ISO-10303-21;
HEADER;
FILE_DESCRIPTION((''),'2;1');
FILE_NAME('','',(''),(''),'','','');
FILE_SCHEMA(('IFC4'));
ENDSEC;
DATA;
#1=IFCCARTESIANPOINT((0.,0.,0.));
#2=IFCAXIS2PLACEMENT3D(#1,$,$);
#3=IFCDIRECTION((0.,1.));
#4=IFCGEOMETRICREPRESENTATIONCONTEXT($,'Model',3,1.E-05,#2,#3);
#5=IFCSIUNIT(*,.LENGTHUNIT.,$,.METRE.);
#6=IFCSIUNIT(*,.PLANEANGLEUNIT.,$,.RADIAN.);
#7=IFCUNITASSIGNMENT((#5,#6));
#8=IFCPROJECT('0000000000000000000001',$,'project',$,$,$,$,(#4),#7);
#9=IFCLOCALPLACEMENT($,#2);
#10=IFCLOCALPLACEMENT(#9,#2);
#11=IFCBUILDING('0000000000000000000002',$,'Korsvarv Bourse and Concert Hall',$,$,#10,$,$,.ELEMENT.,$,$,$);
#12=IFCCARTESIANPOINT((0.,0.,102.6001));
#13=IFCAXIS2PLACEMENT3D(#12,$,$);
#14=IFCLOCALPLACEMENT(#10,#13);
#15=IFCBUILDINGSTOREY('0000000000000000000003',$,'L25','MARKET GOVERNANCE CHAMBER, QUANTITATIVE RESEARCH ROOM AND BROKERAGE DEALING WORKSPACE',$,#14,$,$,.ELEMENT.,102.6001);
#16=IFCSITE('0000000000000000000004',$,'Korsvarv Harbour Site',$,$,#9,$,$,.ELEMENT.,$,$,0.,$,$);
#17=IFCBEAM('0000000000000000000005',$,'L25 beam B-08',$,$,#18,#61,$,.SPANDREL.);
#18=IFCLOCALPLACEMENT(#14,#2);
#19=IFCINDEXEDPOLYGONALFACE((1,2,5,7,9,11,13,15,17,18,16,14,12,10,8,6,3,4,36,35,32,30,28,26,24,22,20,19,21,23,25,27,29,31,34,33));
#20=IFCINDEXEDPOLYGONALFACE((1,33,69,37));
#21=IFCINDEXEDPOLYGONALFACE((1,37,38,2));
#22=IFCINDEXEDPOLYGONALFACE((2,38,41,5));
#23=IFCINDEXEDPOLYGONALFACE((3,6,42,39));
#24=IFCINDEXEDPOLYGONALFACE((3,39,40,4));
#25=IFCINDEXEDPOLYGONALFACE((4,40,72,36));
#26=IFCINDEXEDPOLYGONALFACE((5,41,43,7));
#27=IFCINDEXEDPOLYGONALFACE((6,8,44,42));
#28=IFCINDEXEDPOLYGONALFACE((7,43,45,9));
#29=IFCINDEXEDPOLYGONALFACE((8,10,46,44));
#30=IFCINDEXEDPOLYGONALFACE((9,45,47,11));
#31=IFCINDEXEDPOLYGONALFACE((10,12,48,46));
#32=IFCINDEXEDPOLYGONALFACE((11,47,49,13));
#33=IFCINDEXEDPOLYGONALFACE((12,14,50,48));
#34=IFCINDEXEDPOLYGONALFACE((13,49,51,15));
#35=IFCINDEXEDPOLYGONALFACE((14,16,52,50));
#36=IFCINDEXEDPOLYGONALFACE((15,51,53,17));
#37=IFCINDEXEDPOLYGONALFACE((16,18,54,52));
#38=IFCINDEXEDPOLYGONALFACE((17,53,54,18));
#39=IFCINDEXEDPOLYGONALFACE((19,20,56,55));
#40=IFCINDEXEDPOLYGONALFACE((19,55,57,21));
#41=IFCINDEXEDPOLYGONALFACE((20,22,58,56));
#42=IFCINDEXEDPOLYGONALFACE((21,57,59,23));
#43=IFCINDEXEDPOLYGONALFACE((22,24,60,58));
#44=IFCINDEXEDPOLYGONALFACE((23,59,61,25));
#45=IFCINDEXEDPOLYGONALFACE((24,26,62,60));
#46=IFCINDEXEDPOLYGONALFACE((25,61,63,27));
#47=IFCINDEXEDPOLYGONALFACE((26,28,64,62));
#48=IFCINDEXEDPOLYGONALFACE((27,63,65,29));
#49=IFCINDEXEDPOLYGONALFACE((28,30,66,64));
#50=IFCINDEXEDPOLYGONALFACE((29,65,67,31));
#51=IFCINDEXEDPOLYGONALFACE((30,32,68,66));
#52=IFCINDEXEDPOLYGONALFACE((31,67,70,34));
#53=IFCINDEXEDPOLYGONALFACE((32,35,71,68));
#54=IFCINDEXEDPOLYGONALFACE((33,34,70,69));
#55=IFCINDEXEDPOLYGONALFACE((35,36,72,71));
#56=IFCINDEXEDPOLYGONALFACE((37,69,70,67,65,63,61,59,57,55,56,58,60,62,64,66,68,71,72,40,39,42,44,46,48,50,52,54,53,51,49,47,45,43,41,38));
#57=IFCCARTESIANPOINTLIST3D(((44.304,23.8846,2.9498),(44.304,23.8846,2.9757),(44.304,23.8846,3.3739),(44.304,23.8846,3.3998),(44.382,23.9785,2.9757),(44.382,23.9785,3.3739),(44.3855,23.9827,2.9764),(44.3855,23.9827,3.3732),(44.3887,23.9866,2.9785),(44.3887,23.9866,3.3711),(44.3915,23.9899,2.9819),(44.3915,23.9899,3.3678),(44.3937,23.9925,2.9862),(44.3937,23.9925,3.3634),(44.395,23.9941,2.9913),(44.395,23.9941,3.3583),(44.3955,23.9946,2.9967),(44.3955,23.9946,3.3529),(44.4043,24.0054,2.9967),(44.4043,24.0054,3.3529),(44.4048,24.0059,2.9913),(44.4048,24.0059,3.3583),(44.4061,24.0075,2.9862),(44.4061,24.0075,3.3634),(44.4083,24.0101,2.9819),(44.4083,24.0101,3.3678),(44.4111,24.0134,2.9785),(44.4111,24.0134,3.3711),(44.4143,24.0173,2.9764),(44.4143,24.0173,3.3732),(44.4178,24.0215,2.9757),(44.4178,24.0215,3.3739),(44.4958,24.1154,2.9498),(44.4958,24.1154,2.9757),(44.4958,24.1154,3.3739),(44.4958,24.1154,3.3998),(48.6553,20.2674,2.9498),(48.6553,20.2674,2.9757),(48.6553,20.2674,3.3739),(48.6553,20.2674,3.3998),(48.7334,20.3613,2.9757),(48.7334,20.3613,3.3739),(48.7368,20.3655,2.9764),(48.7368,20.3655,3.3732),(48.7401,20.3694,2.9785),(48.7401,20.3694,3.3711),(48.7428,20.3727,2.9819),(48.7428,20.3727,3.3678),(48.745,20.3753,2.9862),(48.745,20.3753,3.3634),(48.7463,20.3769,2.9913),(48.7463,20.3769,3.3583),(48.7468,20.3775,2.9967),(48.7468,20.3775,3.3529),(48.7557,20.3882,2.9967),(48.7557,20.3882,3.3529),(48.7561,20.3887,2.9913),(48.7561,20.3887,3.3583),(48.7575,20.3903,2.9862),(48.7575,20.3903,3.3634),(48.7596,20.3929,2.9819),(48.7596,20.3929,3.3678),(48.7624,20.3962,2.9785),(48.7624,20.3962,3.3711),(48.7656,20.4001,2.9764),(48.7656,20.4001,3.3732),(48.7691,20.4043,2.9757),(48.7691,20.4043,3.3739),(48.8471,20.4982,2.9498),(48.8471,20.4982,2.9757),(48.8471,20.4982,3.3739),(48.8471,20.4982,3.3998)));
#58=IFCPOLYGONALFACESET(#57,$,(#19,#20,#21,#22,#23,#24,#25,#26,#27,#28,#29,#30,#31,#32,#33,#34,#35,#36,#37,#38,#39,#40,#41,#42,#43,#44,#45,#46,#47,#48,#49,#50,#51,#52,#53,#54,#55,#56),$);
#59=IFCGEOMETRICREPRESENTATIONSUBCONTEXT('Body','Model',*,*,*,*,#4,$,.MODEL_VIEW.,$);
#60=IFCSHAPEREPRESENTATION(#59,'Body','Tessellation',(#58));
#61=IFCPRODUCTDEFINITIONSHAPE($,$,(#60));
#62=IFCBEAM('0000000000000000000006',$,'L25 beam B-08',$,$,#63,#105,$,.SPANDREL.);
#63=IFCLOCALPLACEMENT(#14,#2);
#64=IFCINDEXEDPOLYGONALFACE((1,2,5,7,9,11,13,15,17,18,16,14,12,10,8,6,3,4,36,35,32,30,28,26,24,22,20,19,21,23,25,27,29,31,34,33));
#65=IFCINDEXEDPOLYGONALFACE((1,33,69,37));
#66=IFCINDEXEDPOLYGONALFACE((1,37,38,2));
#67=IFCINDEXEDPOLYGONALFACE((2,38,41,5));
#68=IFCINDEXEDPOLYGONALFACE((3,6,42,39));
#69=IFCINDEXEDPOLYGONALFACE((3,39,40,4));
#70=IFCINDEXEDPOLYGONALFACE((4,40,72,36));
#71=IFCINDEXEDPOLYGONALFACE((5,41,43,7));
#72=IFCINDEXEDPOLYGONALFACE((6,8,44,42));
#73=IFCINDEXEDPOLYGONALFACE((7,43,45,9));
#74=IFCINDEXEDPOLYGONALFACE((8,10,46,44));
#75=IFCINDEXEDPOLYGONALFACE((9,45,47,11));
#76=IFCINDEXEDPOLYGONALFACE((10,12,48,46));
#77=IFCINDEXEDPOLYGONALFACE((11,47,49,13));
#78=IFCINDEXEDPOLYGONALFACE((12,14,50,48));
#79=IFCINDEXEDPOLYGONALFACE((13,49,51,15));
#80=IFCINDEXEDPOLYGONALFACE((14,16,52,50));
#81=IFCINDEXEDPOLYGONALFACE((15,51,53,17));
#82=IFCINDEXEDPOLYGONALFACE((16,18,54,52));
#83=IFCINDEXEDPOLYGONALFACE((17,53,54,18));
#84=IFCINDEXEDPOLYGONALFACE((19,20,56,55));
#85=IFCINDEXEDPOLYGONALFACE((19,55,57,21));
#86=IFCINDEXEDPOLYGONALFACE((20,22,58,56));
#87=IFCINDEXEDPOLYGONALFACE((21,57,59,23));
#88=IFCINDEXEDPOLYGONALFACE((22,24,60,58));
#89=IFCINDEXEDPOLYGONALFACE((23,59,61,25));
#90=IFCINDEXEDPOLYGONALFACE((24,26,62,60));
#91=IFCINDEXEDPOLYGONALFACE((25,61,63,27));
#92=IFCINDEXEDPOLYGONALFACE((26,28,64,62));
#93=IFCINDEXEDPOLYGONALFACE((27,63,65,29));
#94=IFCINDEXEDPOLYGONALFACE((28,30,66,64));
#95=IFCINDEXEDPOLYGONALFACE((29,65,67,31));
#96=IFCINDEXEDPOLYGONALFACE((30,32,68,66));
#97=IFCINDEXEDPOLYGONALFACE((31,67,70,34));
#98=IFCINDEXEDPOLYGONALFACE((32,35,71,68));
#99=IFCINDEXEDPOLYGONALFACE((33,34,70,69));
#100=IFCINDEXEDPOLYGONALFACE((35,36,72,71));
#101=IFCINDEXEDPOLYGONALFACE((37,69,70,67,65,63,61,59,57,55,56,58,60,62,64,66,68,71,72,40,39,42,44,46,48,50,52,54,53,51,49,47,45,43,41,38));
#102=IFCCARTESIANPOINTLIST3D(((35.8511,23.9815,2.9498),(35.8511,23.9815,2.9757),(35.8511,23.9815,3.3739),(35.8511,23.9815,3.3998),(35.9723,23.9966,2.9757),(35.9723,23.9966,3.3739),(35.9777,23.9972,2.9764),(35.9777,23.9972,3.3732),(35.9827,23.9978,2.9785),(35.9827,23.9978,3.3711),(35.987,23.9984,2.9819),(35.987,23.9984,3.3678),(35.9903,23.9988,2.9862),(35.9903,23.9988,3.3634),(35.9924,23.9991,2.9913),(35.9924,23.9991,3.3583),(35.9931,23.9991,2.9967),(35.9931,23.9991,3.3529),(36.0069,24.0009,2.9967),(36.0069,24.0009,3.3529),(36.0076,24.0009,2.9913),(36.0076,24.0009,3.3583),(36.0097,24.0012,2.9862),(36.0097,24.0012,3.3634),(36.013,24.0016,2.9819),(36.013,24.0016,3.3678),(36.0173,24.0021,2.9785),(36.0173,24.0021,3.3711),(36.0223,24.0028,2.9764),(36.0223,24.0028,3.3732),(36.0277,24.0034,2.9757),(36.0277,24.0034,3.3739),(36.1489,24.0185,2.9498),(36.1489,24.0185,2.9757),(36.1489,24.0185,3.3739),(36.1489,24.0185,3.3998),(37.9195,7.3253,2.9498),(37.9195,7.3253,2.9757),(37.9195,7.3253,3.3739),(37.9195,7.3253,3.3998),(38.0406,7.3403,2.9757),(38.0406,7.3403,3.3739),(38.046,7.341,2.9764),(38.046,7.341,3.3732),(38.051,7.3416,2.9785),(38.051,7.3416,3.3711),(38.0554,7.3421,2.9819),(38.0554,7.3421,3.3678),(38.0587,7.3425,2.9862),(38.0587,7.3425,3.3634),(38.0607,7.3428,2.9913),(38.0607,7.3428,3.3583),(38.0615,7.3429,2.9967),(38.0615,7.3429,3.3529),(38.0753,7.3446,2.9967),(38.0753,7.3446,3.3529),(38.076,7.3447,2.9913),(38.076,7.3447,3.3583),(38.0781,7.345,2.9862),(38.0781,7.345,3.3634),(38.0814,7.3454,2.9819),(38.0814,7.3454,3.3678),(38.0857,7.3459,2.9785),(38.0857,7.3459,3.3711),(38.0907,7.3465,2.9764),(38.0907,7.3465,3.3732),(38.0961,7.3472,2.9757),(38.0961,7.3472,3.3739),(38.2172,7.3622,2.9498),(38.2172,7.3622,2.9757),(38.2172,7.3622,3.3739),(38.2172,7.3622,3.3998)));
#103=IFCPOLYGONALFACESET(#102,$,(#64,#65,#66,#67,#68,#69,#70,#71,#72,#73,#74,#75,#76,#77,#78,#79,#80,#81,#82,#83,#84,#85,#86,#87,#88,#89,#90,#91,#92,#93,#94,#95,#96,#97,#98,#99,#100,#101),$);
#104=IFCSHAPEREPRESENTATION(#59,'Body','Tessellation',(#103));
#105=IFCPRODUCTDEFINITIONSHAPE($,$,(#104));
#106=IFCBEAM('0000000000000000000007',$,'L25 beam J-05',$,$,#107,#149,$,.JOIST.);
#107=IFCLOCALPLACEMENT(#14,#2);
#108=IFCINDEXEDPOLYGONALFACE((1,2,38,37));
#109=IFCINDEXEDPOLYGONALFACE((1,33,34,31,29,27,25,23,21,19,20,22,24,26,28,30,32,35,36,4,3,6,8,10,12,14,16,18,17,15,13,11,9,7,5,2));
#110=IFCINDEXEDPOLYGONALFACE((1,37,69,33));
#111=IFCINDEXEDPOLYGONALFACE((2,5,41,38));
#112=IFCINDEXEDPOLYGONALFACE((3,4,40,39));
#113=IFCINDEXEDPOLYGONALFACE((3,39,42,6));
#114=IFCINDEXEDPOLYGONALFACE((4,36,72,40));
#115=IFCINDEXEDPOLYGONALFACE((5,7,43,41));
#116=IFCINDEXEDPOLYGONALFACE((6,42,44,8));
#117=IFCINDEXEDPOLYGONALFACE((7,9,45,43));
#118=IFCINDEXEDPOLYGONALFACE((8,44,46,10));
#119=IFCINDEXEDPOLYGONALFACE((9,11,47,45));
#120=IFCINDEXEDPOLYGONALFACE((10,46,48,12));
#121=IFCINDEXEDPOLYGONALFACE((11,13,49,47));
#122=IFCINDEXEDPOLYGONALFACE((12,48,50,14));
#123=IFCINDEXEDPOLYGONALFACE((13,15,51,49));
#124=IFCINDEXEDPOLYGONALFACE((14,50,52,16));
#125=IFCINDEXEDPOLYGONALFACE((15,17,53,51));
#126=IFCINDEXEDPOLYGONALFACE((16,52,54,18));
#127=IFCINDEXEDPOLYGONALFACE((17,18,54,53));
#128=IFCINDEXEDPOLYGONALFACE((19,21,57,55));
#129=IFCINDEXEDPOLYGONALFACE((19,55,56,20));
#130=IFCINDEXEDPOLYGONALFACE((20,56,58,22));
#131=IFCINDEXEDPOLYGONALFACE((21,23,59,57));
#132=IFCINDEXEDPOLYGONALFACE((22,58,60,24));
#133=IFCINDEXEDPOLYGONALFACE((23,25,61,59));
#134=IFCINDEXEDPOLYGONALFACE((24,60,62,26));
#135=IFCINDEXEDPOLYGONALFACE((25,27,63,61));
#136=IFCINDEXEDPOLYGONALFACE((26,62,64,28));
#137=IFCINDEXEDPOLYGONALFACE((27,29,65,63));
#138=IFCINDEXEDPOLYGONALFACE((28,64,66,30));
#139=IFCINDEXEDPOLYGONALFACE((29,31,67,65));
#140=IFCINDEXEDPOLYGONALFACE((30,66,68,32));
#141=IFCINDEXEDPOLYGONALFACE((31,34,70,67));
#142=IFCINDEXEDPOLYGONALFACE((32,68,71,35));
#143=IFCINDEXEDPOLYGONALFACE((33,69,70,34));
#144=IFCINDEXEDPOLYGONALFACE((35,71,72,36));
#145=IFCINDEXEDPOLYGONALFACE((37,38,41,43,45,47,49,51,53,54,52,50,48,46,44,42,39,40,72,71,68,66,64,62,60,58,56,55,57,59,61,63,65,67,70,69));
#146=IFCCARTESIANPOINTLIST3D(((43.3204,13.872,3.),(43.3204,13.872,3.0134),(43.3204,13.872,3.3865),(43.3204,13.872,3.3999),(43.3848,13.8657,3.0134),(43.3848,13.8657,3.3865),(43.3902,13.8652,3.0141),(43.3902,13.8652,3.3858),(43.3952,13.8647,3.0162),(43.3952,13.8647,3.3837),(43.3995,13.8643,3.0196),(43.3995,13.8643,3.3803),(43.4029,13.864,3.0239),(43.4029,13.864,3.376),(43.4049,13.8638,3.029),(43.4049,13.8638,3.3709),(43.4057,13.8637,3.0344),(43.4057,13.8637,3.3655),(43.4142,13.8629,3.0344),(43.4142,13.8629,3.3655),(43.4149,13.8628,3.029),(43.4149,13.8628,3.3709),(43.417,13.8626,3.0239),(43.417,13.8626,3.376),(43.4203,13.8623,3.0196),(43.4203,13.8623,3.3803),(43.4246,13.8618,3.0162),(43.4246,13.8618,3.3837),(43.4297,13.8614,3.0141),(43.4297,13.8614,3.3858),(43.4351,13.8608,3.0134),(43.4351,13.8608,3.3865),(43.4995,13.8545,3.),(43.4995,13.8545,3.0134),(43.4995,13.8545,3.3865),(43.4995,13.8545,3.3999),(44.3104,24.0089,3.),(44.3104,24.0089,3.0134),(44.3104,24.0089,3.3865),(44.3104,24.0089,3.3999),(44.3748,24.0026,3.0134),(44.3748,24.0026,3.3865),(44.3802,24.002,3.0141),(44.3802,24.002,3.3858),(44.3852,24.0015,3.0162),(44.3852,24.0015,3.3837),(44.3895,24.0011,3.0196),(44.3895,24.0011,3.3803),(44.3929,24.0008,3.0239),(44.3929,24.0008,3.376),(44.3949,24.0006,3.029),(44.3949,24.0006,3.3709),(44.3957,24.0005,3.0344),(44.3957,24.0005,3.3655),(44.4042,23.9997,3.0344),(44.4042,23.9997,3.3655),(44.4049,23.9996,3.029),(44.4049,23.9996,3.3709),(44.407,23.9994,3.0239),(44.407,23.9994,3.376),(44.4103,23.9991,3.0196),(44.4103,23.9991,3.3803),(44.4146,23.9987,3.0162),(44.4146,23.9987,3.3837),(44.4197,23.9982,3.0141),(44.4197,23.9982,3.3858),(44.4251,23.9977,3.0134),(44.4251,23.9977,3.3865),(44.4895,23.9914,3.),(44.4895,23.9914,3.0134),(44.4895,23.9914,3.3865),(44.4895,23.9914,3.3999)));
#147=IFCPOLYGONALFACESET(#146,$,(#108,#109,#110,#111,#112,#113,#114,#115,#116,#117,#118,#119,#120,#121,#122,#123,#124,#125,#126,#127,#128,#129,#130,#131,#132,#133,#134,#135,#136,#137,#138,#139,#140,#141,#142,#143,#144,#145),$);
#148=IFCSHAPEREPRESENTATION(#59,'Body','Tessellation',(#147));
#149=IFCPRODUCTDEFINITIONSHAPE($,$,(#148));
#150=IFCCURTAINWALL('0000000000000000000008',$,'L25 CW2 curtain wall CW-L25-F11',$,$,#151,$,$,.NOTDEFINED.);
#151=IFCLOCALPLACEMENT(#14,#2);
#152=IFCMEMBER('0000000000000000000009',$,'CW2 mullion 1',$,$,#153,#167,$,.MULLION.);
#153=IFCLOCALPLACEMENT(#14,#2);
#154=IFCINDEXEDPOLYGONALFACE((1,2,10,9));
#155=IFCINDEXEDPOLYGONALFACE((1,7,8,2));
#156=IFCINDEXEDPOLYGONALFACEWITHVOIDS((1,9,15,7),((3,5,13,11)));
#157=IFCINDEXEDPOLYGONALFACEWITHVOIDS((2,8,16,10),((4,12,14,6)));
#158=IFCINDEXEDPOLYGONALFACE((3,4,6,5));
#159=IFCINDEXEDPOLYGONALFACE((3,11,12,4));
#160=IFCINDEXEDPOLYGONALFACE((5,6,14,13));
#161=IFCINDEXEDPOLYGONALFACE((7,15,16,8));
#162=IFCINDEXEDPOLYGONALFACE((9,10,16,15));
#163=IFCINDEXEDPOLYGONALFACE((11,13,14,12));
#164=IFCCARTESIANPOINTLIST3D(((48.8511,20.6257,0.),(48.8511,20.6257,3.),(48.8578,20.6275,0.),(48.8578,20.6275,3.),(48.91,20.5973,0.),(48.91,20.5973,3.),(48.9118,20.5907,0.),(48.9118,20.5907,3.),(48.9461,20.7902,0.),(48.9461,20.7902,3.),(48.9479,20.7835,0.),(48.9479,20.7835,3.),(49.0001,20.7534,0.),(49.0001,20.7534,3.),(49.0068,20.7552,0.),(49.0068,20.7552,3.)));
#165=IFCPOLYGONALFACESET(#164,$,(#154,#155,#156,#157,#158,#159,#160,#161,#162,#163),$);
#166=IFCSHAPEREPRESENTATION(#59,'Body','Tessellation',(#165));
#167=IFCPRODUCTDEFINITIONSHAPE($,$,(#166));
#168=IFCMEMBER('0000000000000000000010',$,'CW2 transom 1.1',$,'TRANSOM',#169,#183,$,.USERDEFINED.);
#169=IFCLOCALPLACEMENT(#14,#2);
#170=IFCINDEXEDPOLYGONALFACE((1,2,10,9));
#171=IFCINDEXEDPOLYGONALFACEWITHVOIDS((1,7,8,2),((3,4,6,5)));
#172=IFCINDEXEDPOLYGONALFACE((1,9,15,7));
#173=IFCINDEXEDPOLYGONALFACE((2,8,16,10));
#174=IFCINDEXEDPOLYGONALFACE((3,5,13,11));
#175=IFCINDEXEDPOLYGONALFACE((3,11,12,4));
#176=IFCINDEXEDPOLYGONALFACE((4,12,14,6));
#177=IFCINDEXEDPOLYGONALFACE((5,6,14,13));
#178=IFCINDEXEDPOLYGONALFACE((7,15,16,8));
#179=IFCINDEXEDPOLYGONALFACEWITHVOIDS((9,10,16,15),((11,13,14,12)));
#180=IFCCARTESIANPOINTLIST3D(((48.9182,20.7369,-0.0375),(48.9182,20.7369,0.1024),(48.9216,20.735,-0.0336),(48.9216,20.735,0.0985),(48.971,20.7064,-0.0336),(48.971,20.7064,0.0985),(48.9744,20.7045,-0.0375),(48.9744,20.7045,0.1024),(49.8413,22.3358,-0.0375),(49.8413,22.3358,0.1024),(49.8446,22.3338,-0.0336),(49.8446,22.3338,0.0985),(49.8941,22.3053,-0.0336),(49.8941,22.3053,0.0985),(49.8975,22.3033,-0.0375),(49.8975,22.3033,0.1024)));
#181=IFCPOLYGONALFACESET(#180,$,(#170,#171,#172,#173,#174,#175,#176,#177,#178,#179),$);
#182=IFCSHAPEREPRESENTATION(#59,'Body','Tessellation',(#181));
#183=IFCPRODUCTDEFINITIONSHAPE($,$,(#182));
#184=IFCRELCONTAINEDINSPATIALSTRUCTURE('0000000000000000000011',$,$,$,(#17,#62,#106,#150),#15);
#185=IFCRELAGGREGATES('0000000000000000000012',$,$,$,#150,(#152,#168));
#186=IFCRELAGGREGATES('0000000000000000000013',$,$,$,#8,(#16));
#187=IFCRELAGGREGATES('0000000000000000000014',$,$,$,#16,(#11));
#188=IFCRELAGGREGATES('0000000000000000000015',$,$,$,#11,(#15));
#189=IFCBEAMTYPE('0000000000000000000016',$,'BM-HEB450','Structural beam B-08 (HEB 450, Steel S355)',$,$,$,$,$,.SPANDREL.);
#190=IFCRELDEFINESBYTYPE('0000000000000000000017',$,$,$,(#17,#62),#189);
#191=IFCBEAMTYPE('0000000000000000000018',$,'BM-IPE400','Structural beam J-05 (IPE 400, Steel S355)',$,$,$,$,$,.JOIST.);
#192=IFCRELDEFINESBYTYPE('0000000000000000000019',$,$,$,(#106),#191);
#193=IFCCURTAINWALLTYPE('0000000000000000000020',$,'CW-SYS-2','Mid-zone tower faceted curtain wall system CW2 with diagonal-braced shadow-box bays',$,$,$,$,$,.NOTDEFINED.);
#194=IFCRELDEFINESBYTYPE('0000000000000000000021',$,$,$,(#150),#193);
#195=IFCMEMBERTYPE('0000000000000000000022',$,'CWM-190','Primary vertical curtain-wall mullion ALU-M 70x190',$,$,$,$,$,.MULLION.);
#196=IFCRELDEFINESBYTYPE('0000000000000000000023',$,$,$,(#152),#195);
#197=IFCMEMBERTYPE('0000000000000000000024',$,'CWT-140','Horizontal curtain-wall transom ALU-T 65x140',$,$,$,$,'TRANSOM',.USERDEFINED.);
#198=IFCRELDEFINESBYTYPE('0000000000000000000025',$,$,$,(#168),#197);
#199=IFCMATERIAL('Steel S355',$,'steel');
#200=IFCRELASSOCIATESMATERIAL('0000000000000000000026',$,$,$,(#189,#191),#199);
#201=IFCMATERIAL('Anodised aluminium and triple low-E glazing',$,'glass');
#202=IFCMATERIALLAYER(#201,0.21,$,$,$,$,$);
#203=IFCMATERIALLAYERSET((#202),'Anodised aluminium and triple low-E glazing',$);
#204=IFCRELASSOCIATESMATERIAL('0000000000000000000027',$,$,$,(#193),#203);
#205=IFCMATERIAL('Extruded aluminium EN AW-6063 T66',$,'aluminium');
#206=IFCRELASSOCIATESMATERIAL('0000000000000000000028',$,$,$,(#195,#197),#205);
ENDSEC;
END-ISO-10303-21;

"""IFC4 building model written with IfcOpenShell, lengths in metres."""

from ifc_helpers import new_model, si_unit, direction, frame, origin, origin_2d, place, context, subcontext, project, spatial, hollow_rectangle, i_section, extrude, source, transform, mapped, material, layer, layer_set, material_profile, profile_set, type_object, element, aggregate, save


model = new_model("IFC4")

# Units and contexts
model_context = context("Model", 3, precision=1e-05, world=origin(), true_north=direction((0.0, 1.0)))
body_context = subcontext(model_context, "Body", "Model", "MODEL_VIEW")
ifc_project = project(units=[si_unit("LENGTHUNIT", "METRE"), si_unit("PLANEANGLEUNIT", "RADIAN")], contexts=[model_context])

# Site, building, storey
site_placement = place(None, origin())
site = spatial("IfcSite", under=ifc_project, at=site_placement, Name="Korsvarv Harbour Site", CompositionType="ELEMENT", RefElevation=0.0)
building_placement = place(site_placement, origin())
building = spatial("IfcBuilding", under=site, at=building_placement, Name="Korsvarv Bourse and Concert Hall", CompositionType="ELEMENT")
storey_placement = place(building_placement, frame((0.0, 0.0, 102.6001)))
storey = spatial("IfcBuildingStorey", under=building, at=storey_placement, Name="L25", Description="MARKET GOVERNANCE CHAMBER, QUANTITATIVE RESEARCH ROOM AND BROKERAGE DEALING WORKSPACE", CompositionType="ELEMENT", Elevation=102.6001)

# Beams
ifc_material_1 = material(Name="Steel S355", Category="steel")
ifc_material_profile_1 = material_profile(ifc_material_1, i_section(OverallWidth=0.3, OverallDepth=0.45, WebThickness=0.0139, FlangeThickness=0.0259, FilletRadius=0.021, at=origin_2d()), Name="HEB 450")
ifc_profile_set_1 = profile_set([ifc_material_profile_1], Name="Steel S355")
beam_type_1 = type_object("IfcBeamType", Name="BM-HEB450", Description="Structural beam B-08 (HEB 450, Steel S355)", PredefinedType="SPANDREL", material=ifc_profile_set_1)
shared_shape_1 = source(origin(), body_context, "Body", "SweptSolid", [
    extrude(i_section(OverallWidth=0.3, OverallDepth=0.45, WebThickness=0.0139, FlangeThickness=0.0259, FilletRadius=0.021, at=origin_2d()), origin(), (0.0, 0.0, 1.0), 5.6584),
])
beam_1_placement = place(storey_placement, frame((48.7512, 20.3828, 3.1748), z_axis=(-0.768995, 0.639255, 0.0), x_axis=(-0.639255, -0.768995, 0.0)))
element("IfcBeam", 1, at=beam_1_placement, inside=storey, type_object=beam_type_1, Name="L25 beam B-08", PredefinedType="SPANDREL", context=body_context, shape_type="MappedRepresentation", body=[
    mapped(shared_shape_1, transform((0.0, 0.0, 0.0), scale=1.0)),
])
shared_shape_2 = source(origin(), body_context, "Body", "SweptSolid", [
    extrude(i_section(OverallWidth=0.3, OverallDepth=0.45, WebThickness=0.0139, FlangeThickness=0.0259, FilletRadius=0.021, at=origin_2d()), origin(), (0.0, 0.0, 1.0), 16.7842),
])
beam_2_placement = place(storey_placement, frame((38.0684, 7.3438, 3.1748), z_axis=(-0.123233, 0.992378, 0.0), x_axis=(-0.992378, -0.123233, 0.0)))
element("IfcBeam", 2, at=beam_2_placement, inside=storey, type_object=beam_type_1, Name="L25 beam B-08", PredefinedType="SPANDREL", context=body_context, shape_type="MappedRepresentation", body=[
    mapped(shared_shape_2, transform((0.0, 0.0, 0.0), scale=1.0)),
])
ifc_material_profile_2 = material_profile(ifc_material_1, i_section(OverallWidth=0.1799, OverallDepth=0.3999, WebThickness=0.0085, FlangeThickness=0.0134, FilletRadius=0.021, at=origin_2d()), Name="IPE 400")
ifc_profile_set_2 = profile_set([ifc_material_profile_2], Name="Steel S355")
beam_type_2 = type_object("IfcBeamType", Name="BM-IPE400", Description="Structural beam J-05 (IPE 400, Steel S355)", PredefinedType="JOIST", material=ifc_profile_set_2)
shared_shape_3 = source(origin(), body_context, "Body", "SweptSolid", [
    extrude(i_section(OverallWidth=0.1799, OverallDepth=0.3999, WebThickness=0.0085, FlangeThickness=0.0134, FilletRadius=0.021, at=origin_2d()), origin(), (0.0, 0.0, 1.0), 10.1851),
])
beam_3_placement = place(storey_placement, frame((43.4099, 13.8633, 3.2), z_axis=(0.097201, 0.995265, 0.0), x_axis=(-0.995265, 0.097201, 0.0)))
element("IfcBeam", 3, at=beam_3_placement, inside=storey, type_object=beam_type_2, Name="L25 beam J-05", PredefinedType="JOIST", context=body_context, shape_type="MappedRepresentation", body=[
    mapped(shared_shape_3, transform((0.0, 0.0, 0.0), scale=1.0)),
])

# Curtain wall, members
ifc_material_2 = material(Name="Anodised aluminium and triple low-E glazing", Category="glass")
ifc_layer_1 = layer(ifc_material_2, 0.21)
ifc_layer_set_1 = layer_set([ifc_layer_1], Name="Anodised aluminium and triple low-E glazing")
curtain_wall_type = type_object("IfcCurtainWallType", Name="CW-SYS-2", Description="Mid-zone tower faceted curtain wall system CW2 with diagonal-braced shadow-box bays", PredefinedType="NOTDEFINED", material=ifc_layer_set_1)
curtain_wall_placement = place(storey_placement, origin())
curtain_wall = element("IfcCurtainWall", 4, at=curtain_wall_placement, inside=storey, type_object=curtain_wall_type, Name="L25 CW2 curtain wall CW-L25-F11", PredefinedType="NOTDEFINED")
ifc_material_3 = material(Name="Extruded aluminium EN AW-6063 T66", Category="aluminium")
ifc_material_profile_3 = material_profile(ifc_material_3, hollow_rectangle(XDim=0.0701, YDim=0.1899, WallThickness=0.0049, at=origin_2d()), Name="ALU-M 70x190")
ifc_profile_set_3 = profile_set([ifc_material_profile_3], Name="Extruded aluminium EN AW-6063 T66")
member_type_1 = type_object("IfcMemberType", Name="CWM-190", Description="Primary vertical curtain-wall mullion ALU-M 70x190", PredefinedType="MULLION", material=ifc_profile_set_3)
shared_shape_4 = source(origin(), body_context, "Body", "SweptSolid", [
    extrude(hollow_rectangle(XDim=0.0701, YDim=0.1899, WallThickness=0.0049, at=origin_2d()), origin(), (0.0, 0.0, 1.0), 3.0),
])
member_1_placement = place(storey_placement, frame((48.929, 20.6904, 0.0), z_axis=(0.0, 0.0, 1.0), x_axis=(-0.866024, 0.500002, 0.0)))
member_1 = element("IfcMember", 5, at=member_1_placement, type_object=member_type_1, Name="CW2 mullion 1", PredefinedType="MULLION", context=body_context, shape_type="MappedRepresentation", body=[
    mapped(shared_shape_4, transform((0.0, 0.0, 0.0), scale=1.0)),
])
ifc_material_profile_4 = material_profile(ifc_material_3, hollow_rectangle(XDim=0.0649, YDim=0.1399, WallThickness=0.0039, at=origin_2d()), Name="ALU-T 65x140")
ifc_profile_set_4 = profile_set([ifc_material_profile_4], Name="Extruded aluminium EN AW-6063 T66")
member_type_2 = type_object("IfcMemberType", Name="CWT-140", Description="Horizontal curtain-wall transom ALU-T 65x140", ElementType="TRANSOM", PredefinedType="USERDEFINED", material=ifc_profile_set_4)
shared_shape_5 = source(origin(), body_context, "Body", "SweptSolid", [
    extrude(hollow_rectangle(XDim=0.0649, YDim=0.1399, WallThickness=0.0039, at=origin_2d()), origin(), (0.0, 0.0, 1.0), 1.8462),
])
member_2_placement = place(storey_placement, frame((48.9463, 20.7207, 0.0325), z_axis=(0.499993, 0.866029, 0.0), x_axis=(-0.866029, 0.499993, 0.0)))
member_2 = element("IfcMember", 6, at=member_2_placement, type_object=member_type_2, Name="CW2 transom 1.1", ObjectType="TRANSOM", PredefinedType="USERDEFINED", context=body_context, shape_type="MappedRepresentation", body=[
    mapped(shared_shape_5, transform((0.0, 0.0, 0.0), scale=1.0)),
])
aggregate(curtain_wall, [member_1, member_2])

save(model, "model.ifc")
